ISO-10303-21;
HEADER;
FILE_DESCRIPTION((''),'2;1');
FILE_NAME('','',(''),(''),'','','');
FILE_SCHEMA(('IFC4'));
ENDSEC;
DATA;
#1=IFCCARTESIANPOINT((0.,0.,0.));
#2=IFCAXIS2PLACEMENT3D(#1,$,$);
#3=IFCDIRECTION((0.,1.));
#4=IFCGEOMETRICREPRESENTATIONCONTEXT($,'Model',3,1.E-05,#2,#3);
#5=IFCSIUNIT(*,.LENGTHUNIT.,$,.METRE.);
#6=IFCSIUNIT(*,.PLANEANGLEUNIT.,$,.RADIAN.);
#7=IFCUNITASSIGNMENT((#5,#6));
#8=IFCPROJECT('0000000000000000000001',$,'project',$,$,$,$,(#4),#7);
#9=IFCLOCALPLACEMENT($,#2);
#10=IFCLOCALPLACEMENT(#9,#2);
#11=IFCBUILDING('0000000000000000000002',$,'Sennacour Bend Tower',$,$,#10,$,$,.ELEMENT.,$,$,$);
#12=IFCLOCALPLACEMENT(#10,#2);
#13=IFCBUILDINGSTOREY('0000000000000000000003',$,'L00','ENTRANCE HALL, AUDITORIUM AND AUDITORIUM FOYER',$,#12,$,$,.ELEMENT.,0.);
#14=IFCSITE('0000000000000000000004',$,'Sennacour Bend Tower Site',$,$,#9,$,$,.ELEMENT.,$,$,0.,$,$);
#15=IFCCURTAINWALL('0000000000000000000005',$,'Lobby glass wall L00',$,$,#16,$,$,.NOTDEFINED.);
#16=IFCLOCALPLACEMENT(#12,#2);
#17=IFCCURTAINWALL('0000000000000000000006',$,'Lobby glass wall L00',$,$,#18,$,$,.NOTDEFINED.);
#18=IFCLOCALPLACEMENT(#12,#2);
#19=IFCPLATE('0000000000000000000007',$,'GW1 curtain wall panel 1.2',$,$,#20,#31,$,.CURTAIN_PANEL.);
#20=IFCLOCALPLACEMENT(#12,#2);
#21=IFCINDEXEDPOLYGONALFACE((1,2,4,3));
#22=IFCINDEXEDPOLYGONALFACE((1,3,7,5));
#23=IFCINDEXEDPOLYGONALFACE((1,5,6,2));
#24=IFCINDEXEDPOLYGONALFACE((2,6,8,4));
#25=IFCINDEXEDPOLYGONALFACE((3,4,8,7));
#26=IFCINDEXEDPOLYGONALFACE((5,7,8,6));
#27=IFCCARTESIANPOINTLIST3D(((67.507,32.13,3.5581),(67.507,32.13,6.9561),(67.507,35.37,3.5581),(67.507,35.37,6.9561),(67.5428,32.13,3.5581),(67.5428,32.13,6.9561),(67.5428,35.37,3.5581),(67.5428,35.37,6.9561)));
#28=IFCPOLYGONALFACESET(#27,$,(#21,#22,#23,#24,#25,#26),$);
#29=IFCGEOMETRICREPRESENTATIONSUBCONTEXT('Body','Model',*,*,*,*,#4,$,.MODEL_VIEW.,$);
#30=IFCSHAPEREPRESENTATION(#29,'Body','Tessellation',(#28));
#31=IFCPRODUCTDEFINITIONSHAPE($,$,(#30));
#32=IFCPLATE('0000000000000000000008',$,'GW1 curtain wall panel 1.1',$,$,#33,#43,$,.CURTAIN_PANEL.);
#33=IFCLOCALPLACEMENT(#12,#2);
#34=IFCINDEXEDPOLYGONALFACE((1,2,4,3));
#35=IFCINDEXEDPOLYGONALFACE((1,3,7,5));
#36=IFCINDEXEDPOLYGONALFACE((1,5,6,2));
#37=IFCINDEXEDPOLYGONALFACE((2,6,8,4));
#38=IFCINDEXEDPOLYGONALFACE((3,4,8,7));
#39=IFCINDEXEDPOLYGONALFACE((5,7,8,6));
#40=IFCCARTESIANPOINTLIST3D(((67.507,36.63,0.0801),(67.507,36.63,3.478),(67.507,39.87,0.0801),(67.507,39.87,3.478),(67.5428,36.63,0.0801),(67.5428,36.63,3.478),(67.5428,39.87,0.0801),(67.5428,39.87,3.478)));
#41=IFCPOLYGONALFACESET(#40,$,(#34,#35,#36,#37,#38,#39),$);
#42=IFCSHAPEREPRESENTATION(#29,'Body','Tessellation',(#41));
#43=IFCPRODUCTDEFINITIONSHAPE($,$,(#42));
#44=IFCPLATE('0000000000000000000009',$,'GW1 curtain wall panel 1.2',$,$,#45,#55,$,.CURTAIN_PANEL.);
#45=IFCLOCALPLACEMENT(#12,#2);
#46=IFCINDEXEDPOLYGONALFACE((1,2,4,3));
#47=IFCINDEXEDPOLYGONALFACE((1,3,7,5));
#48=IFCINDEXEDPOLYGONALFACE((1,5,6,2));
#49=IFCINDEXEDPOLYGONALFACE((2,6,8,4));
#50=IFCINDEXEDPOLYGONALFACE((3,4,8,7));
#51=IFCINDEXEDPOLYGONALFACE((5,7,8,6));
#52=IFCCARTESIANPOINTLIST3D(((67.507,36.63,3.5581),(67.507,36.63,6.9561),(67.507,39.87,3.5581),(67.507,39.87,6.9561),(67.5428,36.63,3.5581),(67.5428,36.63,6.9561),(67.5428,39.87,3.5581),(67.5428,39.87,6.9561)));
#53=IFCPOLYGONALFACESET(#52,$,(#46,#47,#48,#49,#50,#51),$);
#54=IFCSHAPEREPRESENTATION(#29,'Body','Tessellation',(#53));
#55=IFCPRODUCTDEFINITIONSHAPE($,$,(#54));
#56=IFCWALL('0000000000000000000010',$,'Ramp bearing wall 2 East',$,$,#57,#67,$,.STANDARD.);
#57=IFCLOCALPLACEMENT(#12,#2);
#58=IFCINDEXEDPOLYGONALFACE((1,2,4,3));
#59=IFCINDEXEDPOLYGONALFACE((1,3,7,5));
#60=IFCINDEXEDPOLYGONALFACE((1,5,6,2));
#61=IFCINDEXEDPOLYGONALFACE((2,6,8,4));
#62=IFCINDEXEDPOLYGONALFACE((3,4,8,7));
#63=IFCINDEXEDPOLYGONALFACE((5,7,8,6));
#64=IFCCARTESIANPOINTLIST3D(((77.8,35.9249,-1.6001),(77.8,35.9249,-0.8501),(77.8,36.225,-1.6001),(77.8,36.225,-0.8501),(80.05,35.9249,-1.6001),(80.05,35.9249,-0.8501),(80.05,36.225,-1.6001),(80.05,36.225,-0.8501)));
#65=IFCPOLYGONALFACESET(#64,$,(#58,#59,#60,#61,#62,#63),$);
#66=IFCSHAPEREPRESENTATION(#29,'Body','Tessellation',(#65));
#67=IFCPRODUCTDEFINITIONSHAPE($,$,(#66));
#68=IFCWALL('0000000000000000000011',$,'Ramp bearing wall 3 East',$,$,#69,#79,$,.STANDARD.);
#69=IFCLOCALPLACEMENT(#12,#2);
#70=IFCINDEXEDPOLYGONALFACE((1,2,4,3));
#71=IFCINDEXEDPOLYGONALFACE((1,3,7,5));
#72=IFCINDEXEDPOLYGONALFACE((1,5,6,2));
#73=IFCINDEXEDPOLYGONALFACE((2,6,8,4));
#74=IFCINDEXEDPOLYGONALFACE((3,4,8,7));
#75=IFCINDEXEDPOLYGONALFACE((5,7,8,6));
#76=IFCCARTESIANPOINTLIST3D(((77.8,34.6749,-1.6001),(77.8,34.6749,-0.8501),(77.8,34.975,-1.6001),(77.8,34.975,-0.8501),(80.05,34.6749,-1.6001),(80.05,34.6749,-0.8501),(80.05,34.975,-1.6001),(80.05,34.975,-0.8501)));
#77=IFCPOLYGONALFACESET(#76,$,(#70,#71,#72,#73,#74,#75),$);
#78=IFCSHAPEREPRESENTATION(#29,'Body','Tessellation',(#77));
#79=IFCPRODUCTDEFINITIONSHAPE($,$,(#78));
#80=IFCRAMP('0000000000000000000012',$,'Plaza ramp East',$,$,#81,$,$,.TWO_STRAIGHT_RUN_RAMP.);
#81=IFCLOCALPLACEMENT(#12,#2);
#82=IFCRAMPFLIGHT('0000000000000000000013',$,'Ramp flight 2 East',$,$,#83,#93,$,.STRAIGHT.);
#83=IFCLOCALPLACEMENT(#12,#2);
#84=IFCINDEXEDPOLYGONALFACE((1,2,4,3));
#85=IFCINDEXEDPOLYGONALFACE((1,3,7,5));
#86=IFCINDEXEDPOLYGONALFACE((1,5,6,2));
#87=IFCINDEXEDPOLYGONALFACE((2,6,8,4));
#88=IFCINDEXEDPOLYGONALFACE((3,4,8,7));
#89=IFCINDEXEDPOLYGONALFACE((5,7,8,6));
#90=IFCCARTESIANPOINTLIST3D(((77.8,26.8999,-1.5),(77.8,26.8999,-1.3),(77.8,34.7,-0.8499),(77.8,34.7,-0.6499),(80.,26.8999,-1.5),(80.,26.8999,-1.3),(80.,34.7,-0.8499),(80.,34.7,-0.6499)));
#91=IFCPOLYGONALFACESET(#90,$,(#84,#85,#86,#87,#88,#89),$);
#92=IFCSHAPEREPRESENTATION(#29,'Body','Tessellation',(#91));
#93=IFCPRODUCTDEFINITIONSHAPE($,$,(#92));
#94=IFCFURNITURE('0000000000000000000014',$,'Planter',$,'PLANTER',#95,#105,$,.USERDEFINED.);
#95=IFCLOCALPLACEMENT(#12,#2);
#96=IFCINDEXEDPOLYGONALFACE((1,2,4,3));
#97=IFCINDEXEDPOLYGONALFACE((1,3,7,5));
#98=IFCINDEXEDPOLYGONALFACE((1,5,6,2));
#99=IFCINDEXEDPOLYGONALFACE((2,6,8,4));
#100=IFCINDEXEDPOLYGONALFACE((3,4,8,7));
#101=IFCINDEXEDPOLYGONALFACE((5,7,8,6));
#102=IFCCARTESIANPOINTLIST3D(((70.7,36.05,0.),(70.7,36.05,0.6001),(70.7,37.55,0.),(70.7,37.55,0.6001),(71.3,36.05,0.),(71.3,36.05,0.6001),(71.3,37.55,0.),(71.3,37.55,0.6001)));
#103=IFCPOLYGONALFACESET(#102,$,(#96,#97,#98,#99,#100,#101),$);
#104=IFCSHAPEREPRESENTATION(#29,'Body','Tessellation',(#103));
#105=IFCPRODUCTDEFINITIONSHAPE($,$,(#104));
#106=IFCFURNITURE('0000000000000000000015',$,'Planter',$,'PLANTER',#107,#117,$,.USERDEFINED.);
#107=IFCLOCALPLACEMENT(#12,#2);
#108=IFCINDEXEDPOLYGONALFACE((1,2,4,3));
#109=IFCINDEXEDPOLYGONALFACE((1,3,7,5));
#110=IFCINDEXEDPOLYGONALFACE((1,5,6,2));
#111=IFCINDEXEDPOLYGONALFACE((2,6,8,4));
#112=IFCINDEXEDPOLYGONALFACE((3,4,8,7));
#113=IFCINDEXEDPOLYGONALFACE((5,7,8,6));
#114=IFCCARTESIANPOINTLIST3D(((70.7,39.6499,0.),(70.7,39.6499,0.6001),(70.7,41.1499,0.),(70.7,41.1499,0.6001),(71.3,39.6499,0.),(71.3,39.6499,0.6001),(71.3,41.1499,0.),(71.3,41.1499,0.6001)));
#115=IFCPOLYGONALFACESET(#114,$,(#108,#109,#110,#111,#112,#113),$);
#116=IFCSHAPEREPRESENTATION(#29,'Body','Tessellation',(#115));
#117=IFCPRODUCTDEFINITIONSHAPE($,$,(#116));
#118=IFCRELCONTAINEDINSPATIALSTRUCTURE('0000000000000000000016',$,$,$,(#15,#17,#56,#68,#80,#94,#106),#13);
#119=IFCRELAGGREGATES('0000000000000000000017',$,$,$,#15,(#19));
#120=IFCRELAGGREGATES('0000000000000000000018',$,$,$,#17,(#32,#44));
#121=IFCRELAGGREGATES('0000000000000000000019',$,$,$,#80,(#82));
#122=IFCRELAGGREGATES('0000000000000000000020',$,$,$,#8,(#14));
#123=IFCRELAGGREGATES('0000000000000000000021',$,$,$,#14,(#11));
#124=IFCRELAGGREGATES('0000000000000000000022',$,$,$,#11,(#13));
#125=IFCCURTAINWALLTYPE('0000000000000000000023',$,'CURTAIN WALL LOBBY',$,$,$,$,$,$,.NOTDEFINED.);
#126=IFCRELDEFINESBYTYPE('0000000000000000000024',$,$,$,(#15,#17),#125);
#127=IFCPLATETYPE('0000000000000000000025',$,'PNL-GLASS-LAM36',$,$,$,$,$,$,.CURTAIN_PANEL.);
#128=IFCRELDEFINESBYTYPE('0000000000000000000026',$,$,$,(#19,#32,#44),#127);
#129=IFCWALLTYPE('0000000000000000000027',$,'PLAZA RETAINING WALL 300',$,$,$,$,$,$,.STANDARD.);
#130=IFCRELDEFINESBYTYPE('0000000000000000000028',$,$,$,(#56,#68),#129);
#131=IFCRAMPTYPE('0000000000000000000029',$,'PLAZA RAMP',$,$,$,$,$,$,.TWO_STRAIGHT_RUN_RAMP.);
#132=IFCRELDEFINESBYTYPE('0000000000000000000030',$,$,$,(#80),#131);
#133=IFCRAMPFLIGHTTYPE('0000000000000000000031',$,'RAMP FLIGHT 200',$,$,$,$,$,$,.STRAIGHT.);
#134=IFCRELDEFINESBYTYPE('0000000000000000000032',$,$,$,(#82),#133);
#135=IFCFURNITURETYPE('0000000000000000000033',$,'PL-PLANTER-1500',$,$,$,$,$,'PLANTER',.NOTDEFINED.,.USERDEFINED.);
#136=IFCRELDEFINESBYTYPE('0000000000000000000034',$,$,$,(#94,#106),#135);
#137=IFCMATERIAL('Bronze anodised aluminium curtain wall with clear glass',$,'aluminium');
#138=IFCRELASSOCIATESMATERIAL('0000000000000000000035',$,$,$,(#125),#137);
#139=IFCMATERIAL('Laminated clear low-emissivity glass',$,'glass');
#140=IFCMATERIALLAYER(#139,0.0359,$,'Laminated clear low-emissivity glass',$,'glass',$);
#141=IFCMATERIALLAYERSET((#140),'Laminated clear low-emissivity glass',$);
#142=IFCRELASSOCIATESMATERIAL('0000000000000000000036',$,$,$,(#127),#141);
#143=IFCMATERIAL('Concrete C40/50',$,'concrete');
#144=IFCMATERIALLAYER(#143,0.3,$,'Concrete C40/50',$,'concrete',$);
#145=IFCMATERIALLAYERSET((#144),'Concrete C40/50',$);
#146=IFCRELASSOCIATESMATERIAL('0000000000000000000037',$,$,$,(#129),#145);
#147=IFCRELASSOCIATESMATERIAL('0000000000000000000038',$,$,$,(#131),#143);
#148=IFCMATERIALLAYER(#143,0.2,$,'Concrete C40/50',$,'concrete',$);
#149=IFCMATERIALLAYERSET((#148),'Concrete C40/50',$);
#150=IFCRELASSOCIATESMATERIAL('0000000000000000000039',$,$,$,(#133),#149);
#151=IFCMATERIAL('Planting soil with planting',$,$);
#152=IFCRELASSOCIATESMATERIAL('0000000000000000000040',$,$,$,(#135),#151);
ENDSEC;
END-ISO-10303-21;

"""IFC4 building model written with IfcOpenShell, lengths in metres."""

from ifc_helpers import new_model, si_unit, direction, frame, frame_2d, origin, origin_2d, place, context, subcontext, project, spatial, polyline, rectangle, outline, extrude, material, layer, layer_set, type_object, element, aggregate, save


model = new_model("IFC4")

# Units and contexts
model_context = context("Model", 3, precision=1e-05, world=origin(), true_north=direction((0.0, 1.0)))
body_context = subcontext(model_context, "Body", "Model", "MODEL_VIEW")
ifc_project = project(units=[si_unit("LENGTHUNIT", "METRE"), si_unit("PLANEANGLEUNIT", "RADIAN")], contexts=[model_context])

# Site, building, storey
site_placement = place(None, origin())
site = spatial("IfcSite", under=ifc_project, at=site_placement, Name="Sennacour Bend Tower Site", CompositionType="ELEMENT", RefElevation=0.0)
building_placement = place(site_placement, origin())
building = spatial("IfcBuilding", under=site, at=building_placement, Name="Sennacour Bend Tower", CompositionType="ELEMENT")
storey_placement = place(building_placement, origin())
storey = spatial("IfcBuildingStorey", under=building, at=storey_placement, Name="L00", Description="ENTRANCE HALL, AUDITORIUM AND AUDITORIUM FOYER", CompositionType="ELEMENT", Elevation=0.0)

# Curtain wall
ifc_material_1 = material(Name="Bronze anodised aluminium curtain wall with clear glass", Category="aluminium")
curtain_wall_type = type_object("IfcCurtainWallType", Name="CURTAIN WALL LOBBY", PredefinedType="NOTDEFINED", material=ifc_material_1)
curtain_wall_1_placement = place(storey_placement, origin())
curtain_wall_1 = element("IfcCurtainWall", 1, at=curtain_wall_1_placement, inside=storey, type_object=curtain_wall_type, Name="Lobby glass wall L00", PredefinedType="NOTDEFINED")

# Curtain wall
curtain_wall_2_placement = place(storey_placement, origin())
curtain_wall_2 = element("IfcCurtainWall", 2, at=curtain_wall_2_placement, inside=storey, type_object=curtain_wall_type, Name="Lobby glass wall L00", PredefinedType="NOTDEFINED")

# Plates
ifc_material_2 = material(Name="Laminated clear low-emissivity glass", Category="glass")
ifc_layer_1 = layer(ifc_material_2, 0.0359, Name="Laminated clear low-emissivity glass", Category="glass")
ifc_layer_set_1 = layer_set([ifc_layer_1], Name="Laminated clear low-emissivity glass")
plate_type = type_object("IfcPlateType", Name="PNL-GLASS-LAM36", PredefinedType="CURTAIN_PANEL", material=ifc_layer_set_1)
plate_1_placement = place(storey_placement, frame((67.5249, 33.75, 3.5581), z_axis=(0.0, 0.0, 1.0), x_axis=(0.0, 1.0, 0.0)))
plate_1 = element("IfcPlate", 3, at=plate_1_placement, type_object=plate_type, Name="GW1 curtain wall panel 1.2", PredefinedType="CURTAIN_PANEL", context=body_context, shape_type="SweptSolid", body=[
    extrude(rectangle(XDim=3.24, YDim=0.0359, at=origin_2d()), origin(), (0.0, 0.0, 1.0), 3.3979),
])
aggregate(curtain_wall_1, [plate_1])
plate_2_placement = place(storey_placement, frame((67.5249, 38.25, 0.0801), z_axis=(0.0, 0.0, 1.0), x_axis=(0.0, 1.0, 0.0)))
plate_2 = element("IfcPlate", 4, at=plate_2_placement, type_object=plate_type, Name="GW1 curtain wall panel 1.1", PredefinedType="CURTAIN_PANEL", context=body_context, shape_type="SweptSolid", body=[
    extrude(rectangle(XDim=3.24, YDim=0.0359, at=origin_2d()), origin(), (0.0, 0.0, 1.0), 3.3979),
])
plate_3_placement = place(storey_placement, frame((67.5249, 38.25, 3.5581), z_axis=(0.0, 0.0, 1.0), x_axis=(0.0, 1.0, 0.0)))
plate_3 = element("IfcPlate", 5, at=plate_3_placement, type_object=plate_type, Name="GW1 curtain wall panel 1.2", PredefinedType="CURTAIN_PANEL", context=body_context, shape_type="SweptSolid", body=[
    extrude(rectangle(XDim=3.24, YDim=0.0359, at=origin_2d()), origin(), (0.0, 0.0, 1.0), 3.3979),
])
aggregate(curtain_wall_2, [plate_2, plate_3])

# Walls
ifc_material_3 = material(Name="Concrete C40/50", Category="concrete")
ifc_layer_2 = layer(ifc_material_3, 0.3, Name="Concrete C40/50", Category="concrete")
ifc_layer_set_2 = layer_set([ifc_layer_2], Name="Concrete C40/50")
wall_type = type_object("IfcWallType", Name="PLAZA RETAINING WALL 300", PredefinedType="STANDARD", material=ifc_layer_set_2)
for number, where, z_axis, x_axis, name in (
    (6, (77.8, 36.075, -1.6001), (0.0, 0.0, 1.0), (1.0, 0.0, 0.0), "Ramp bearing wall 2 East"),
    (7, (77.8, 34.825, -1.6001), (0.0, 0.0, 1.0), (1.0, 0.0, 0.0), "Ramp bearing wall 3 East"),
):
    element("IfcWall", number, at=place(storey_placement, frame(where, z_axis=z_axis, x_axis=x_axis)), inside=storey, type_object=wall_type, Name=name, PredefinedType="STANDARD", context=body_context, shape_type="SweptSolid", body=[
        extrude(rectangle(XDim=2.25, YDim=0.3, at=frame_2d((1.125, 0.0))), origin(), (0.0, 0.0, 1.0), 0.75),
    ])

# Ramp, ramp flight
ramp_type = type_object("IfcRampType", Name="PLAZA RAMP", PredefinedType="TWO_STRAIGHT_RUN_RAMP", material=ifc_material_3)
ramp_placement = place(storey_placement, origin())
ramp = element("IfcRamp", 8, at=ramp_placement, inside=storey, type_object=ramp_type, Name="Plaza ramp East", PredefinedType="TWO_STRAIGHT_RUN_RAMP")
ifc_layer_3 = layer(ifc_material_3, 0.2, Name="Concrete C40/50", Category="concrete")
ifc_layer_set_3 = layer_set([ifc_layer_3], Name="Concrete C40/50")
ramp_flight_type = type_object("IfcRampFlightType", Name="RAMP FLIGHT 200", PredefinedType="STRAIGHT", material=ifc_layer_set_3)
ramp_flight_placement = place(storey_placement, frame((77.8, 34.7, -0.6499), z_axis=(0.0, -0.083064, 0.996544), x_axis=(1.0, 0.0, 0.0)))
ramp_flight = element("IfcRampFlight", 9, at=ramp_flight_placement, type_object=ramp_flight_type, Name="Ramp flight 2 East", PredefinedType="STRAIGHT", context=body_context, shape_type="SweptSolid", body=[
    extrude(outline(polyline([(0.0, 0.0), (2.2, 0.0), (2.2, -7.8271), (0.0, -7.8271), (0.0, 0.0)])), origin(), (0.0, -0.083064, -0.996544), 0.2),
])
aggregate(ramp, [ramp_flight])

# Furniture
ifc_material_4 = material(Name="Planting soil with planting")
furniture_type = type_object("IfcFurnitureType", Name="PL-PLANTER-1500", ElementType="PLANTER", AssemblyPlace="NOTDEFINED", PredefinedType="USERDEFINED", material=ifc_material_4)
for number, where, z_axis, x_axis, name in (
    (10, (71.0, 36.8, 0.0), (0.0, 0.0, 1.0), (1.0, 0.0, 0.0), "Planter"),
    (11, (71.0, 40.3999, 0.0), (0.0, 0.0, 1.0), (1.0, 0.0, 0.0), "Planter"),
):
    element("IfcFurniture", number, at=place(storey_placement, frame(where, z_axis=z_axis, x_axis=x_axis)), inside=storey, type_object=furniture_type, Name=name, ObjectType="PLANTER", PredefinedType="USERDEFINED", context=body_context, shape_type="SweptSolid", body=[
        extrude(rectangle(XDim=0.6001, YDim=1.5, at=origin_2d()), origin(), (0.0, 0.0, 1.0), 0.6001),
    ])

save(model, "model.ifc")
